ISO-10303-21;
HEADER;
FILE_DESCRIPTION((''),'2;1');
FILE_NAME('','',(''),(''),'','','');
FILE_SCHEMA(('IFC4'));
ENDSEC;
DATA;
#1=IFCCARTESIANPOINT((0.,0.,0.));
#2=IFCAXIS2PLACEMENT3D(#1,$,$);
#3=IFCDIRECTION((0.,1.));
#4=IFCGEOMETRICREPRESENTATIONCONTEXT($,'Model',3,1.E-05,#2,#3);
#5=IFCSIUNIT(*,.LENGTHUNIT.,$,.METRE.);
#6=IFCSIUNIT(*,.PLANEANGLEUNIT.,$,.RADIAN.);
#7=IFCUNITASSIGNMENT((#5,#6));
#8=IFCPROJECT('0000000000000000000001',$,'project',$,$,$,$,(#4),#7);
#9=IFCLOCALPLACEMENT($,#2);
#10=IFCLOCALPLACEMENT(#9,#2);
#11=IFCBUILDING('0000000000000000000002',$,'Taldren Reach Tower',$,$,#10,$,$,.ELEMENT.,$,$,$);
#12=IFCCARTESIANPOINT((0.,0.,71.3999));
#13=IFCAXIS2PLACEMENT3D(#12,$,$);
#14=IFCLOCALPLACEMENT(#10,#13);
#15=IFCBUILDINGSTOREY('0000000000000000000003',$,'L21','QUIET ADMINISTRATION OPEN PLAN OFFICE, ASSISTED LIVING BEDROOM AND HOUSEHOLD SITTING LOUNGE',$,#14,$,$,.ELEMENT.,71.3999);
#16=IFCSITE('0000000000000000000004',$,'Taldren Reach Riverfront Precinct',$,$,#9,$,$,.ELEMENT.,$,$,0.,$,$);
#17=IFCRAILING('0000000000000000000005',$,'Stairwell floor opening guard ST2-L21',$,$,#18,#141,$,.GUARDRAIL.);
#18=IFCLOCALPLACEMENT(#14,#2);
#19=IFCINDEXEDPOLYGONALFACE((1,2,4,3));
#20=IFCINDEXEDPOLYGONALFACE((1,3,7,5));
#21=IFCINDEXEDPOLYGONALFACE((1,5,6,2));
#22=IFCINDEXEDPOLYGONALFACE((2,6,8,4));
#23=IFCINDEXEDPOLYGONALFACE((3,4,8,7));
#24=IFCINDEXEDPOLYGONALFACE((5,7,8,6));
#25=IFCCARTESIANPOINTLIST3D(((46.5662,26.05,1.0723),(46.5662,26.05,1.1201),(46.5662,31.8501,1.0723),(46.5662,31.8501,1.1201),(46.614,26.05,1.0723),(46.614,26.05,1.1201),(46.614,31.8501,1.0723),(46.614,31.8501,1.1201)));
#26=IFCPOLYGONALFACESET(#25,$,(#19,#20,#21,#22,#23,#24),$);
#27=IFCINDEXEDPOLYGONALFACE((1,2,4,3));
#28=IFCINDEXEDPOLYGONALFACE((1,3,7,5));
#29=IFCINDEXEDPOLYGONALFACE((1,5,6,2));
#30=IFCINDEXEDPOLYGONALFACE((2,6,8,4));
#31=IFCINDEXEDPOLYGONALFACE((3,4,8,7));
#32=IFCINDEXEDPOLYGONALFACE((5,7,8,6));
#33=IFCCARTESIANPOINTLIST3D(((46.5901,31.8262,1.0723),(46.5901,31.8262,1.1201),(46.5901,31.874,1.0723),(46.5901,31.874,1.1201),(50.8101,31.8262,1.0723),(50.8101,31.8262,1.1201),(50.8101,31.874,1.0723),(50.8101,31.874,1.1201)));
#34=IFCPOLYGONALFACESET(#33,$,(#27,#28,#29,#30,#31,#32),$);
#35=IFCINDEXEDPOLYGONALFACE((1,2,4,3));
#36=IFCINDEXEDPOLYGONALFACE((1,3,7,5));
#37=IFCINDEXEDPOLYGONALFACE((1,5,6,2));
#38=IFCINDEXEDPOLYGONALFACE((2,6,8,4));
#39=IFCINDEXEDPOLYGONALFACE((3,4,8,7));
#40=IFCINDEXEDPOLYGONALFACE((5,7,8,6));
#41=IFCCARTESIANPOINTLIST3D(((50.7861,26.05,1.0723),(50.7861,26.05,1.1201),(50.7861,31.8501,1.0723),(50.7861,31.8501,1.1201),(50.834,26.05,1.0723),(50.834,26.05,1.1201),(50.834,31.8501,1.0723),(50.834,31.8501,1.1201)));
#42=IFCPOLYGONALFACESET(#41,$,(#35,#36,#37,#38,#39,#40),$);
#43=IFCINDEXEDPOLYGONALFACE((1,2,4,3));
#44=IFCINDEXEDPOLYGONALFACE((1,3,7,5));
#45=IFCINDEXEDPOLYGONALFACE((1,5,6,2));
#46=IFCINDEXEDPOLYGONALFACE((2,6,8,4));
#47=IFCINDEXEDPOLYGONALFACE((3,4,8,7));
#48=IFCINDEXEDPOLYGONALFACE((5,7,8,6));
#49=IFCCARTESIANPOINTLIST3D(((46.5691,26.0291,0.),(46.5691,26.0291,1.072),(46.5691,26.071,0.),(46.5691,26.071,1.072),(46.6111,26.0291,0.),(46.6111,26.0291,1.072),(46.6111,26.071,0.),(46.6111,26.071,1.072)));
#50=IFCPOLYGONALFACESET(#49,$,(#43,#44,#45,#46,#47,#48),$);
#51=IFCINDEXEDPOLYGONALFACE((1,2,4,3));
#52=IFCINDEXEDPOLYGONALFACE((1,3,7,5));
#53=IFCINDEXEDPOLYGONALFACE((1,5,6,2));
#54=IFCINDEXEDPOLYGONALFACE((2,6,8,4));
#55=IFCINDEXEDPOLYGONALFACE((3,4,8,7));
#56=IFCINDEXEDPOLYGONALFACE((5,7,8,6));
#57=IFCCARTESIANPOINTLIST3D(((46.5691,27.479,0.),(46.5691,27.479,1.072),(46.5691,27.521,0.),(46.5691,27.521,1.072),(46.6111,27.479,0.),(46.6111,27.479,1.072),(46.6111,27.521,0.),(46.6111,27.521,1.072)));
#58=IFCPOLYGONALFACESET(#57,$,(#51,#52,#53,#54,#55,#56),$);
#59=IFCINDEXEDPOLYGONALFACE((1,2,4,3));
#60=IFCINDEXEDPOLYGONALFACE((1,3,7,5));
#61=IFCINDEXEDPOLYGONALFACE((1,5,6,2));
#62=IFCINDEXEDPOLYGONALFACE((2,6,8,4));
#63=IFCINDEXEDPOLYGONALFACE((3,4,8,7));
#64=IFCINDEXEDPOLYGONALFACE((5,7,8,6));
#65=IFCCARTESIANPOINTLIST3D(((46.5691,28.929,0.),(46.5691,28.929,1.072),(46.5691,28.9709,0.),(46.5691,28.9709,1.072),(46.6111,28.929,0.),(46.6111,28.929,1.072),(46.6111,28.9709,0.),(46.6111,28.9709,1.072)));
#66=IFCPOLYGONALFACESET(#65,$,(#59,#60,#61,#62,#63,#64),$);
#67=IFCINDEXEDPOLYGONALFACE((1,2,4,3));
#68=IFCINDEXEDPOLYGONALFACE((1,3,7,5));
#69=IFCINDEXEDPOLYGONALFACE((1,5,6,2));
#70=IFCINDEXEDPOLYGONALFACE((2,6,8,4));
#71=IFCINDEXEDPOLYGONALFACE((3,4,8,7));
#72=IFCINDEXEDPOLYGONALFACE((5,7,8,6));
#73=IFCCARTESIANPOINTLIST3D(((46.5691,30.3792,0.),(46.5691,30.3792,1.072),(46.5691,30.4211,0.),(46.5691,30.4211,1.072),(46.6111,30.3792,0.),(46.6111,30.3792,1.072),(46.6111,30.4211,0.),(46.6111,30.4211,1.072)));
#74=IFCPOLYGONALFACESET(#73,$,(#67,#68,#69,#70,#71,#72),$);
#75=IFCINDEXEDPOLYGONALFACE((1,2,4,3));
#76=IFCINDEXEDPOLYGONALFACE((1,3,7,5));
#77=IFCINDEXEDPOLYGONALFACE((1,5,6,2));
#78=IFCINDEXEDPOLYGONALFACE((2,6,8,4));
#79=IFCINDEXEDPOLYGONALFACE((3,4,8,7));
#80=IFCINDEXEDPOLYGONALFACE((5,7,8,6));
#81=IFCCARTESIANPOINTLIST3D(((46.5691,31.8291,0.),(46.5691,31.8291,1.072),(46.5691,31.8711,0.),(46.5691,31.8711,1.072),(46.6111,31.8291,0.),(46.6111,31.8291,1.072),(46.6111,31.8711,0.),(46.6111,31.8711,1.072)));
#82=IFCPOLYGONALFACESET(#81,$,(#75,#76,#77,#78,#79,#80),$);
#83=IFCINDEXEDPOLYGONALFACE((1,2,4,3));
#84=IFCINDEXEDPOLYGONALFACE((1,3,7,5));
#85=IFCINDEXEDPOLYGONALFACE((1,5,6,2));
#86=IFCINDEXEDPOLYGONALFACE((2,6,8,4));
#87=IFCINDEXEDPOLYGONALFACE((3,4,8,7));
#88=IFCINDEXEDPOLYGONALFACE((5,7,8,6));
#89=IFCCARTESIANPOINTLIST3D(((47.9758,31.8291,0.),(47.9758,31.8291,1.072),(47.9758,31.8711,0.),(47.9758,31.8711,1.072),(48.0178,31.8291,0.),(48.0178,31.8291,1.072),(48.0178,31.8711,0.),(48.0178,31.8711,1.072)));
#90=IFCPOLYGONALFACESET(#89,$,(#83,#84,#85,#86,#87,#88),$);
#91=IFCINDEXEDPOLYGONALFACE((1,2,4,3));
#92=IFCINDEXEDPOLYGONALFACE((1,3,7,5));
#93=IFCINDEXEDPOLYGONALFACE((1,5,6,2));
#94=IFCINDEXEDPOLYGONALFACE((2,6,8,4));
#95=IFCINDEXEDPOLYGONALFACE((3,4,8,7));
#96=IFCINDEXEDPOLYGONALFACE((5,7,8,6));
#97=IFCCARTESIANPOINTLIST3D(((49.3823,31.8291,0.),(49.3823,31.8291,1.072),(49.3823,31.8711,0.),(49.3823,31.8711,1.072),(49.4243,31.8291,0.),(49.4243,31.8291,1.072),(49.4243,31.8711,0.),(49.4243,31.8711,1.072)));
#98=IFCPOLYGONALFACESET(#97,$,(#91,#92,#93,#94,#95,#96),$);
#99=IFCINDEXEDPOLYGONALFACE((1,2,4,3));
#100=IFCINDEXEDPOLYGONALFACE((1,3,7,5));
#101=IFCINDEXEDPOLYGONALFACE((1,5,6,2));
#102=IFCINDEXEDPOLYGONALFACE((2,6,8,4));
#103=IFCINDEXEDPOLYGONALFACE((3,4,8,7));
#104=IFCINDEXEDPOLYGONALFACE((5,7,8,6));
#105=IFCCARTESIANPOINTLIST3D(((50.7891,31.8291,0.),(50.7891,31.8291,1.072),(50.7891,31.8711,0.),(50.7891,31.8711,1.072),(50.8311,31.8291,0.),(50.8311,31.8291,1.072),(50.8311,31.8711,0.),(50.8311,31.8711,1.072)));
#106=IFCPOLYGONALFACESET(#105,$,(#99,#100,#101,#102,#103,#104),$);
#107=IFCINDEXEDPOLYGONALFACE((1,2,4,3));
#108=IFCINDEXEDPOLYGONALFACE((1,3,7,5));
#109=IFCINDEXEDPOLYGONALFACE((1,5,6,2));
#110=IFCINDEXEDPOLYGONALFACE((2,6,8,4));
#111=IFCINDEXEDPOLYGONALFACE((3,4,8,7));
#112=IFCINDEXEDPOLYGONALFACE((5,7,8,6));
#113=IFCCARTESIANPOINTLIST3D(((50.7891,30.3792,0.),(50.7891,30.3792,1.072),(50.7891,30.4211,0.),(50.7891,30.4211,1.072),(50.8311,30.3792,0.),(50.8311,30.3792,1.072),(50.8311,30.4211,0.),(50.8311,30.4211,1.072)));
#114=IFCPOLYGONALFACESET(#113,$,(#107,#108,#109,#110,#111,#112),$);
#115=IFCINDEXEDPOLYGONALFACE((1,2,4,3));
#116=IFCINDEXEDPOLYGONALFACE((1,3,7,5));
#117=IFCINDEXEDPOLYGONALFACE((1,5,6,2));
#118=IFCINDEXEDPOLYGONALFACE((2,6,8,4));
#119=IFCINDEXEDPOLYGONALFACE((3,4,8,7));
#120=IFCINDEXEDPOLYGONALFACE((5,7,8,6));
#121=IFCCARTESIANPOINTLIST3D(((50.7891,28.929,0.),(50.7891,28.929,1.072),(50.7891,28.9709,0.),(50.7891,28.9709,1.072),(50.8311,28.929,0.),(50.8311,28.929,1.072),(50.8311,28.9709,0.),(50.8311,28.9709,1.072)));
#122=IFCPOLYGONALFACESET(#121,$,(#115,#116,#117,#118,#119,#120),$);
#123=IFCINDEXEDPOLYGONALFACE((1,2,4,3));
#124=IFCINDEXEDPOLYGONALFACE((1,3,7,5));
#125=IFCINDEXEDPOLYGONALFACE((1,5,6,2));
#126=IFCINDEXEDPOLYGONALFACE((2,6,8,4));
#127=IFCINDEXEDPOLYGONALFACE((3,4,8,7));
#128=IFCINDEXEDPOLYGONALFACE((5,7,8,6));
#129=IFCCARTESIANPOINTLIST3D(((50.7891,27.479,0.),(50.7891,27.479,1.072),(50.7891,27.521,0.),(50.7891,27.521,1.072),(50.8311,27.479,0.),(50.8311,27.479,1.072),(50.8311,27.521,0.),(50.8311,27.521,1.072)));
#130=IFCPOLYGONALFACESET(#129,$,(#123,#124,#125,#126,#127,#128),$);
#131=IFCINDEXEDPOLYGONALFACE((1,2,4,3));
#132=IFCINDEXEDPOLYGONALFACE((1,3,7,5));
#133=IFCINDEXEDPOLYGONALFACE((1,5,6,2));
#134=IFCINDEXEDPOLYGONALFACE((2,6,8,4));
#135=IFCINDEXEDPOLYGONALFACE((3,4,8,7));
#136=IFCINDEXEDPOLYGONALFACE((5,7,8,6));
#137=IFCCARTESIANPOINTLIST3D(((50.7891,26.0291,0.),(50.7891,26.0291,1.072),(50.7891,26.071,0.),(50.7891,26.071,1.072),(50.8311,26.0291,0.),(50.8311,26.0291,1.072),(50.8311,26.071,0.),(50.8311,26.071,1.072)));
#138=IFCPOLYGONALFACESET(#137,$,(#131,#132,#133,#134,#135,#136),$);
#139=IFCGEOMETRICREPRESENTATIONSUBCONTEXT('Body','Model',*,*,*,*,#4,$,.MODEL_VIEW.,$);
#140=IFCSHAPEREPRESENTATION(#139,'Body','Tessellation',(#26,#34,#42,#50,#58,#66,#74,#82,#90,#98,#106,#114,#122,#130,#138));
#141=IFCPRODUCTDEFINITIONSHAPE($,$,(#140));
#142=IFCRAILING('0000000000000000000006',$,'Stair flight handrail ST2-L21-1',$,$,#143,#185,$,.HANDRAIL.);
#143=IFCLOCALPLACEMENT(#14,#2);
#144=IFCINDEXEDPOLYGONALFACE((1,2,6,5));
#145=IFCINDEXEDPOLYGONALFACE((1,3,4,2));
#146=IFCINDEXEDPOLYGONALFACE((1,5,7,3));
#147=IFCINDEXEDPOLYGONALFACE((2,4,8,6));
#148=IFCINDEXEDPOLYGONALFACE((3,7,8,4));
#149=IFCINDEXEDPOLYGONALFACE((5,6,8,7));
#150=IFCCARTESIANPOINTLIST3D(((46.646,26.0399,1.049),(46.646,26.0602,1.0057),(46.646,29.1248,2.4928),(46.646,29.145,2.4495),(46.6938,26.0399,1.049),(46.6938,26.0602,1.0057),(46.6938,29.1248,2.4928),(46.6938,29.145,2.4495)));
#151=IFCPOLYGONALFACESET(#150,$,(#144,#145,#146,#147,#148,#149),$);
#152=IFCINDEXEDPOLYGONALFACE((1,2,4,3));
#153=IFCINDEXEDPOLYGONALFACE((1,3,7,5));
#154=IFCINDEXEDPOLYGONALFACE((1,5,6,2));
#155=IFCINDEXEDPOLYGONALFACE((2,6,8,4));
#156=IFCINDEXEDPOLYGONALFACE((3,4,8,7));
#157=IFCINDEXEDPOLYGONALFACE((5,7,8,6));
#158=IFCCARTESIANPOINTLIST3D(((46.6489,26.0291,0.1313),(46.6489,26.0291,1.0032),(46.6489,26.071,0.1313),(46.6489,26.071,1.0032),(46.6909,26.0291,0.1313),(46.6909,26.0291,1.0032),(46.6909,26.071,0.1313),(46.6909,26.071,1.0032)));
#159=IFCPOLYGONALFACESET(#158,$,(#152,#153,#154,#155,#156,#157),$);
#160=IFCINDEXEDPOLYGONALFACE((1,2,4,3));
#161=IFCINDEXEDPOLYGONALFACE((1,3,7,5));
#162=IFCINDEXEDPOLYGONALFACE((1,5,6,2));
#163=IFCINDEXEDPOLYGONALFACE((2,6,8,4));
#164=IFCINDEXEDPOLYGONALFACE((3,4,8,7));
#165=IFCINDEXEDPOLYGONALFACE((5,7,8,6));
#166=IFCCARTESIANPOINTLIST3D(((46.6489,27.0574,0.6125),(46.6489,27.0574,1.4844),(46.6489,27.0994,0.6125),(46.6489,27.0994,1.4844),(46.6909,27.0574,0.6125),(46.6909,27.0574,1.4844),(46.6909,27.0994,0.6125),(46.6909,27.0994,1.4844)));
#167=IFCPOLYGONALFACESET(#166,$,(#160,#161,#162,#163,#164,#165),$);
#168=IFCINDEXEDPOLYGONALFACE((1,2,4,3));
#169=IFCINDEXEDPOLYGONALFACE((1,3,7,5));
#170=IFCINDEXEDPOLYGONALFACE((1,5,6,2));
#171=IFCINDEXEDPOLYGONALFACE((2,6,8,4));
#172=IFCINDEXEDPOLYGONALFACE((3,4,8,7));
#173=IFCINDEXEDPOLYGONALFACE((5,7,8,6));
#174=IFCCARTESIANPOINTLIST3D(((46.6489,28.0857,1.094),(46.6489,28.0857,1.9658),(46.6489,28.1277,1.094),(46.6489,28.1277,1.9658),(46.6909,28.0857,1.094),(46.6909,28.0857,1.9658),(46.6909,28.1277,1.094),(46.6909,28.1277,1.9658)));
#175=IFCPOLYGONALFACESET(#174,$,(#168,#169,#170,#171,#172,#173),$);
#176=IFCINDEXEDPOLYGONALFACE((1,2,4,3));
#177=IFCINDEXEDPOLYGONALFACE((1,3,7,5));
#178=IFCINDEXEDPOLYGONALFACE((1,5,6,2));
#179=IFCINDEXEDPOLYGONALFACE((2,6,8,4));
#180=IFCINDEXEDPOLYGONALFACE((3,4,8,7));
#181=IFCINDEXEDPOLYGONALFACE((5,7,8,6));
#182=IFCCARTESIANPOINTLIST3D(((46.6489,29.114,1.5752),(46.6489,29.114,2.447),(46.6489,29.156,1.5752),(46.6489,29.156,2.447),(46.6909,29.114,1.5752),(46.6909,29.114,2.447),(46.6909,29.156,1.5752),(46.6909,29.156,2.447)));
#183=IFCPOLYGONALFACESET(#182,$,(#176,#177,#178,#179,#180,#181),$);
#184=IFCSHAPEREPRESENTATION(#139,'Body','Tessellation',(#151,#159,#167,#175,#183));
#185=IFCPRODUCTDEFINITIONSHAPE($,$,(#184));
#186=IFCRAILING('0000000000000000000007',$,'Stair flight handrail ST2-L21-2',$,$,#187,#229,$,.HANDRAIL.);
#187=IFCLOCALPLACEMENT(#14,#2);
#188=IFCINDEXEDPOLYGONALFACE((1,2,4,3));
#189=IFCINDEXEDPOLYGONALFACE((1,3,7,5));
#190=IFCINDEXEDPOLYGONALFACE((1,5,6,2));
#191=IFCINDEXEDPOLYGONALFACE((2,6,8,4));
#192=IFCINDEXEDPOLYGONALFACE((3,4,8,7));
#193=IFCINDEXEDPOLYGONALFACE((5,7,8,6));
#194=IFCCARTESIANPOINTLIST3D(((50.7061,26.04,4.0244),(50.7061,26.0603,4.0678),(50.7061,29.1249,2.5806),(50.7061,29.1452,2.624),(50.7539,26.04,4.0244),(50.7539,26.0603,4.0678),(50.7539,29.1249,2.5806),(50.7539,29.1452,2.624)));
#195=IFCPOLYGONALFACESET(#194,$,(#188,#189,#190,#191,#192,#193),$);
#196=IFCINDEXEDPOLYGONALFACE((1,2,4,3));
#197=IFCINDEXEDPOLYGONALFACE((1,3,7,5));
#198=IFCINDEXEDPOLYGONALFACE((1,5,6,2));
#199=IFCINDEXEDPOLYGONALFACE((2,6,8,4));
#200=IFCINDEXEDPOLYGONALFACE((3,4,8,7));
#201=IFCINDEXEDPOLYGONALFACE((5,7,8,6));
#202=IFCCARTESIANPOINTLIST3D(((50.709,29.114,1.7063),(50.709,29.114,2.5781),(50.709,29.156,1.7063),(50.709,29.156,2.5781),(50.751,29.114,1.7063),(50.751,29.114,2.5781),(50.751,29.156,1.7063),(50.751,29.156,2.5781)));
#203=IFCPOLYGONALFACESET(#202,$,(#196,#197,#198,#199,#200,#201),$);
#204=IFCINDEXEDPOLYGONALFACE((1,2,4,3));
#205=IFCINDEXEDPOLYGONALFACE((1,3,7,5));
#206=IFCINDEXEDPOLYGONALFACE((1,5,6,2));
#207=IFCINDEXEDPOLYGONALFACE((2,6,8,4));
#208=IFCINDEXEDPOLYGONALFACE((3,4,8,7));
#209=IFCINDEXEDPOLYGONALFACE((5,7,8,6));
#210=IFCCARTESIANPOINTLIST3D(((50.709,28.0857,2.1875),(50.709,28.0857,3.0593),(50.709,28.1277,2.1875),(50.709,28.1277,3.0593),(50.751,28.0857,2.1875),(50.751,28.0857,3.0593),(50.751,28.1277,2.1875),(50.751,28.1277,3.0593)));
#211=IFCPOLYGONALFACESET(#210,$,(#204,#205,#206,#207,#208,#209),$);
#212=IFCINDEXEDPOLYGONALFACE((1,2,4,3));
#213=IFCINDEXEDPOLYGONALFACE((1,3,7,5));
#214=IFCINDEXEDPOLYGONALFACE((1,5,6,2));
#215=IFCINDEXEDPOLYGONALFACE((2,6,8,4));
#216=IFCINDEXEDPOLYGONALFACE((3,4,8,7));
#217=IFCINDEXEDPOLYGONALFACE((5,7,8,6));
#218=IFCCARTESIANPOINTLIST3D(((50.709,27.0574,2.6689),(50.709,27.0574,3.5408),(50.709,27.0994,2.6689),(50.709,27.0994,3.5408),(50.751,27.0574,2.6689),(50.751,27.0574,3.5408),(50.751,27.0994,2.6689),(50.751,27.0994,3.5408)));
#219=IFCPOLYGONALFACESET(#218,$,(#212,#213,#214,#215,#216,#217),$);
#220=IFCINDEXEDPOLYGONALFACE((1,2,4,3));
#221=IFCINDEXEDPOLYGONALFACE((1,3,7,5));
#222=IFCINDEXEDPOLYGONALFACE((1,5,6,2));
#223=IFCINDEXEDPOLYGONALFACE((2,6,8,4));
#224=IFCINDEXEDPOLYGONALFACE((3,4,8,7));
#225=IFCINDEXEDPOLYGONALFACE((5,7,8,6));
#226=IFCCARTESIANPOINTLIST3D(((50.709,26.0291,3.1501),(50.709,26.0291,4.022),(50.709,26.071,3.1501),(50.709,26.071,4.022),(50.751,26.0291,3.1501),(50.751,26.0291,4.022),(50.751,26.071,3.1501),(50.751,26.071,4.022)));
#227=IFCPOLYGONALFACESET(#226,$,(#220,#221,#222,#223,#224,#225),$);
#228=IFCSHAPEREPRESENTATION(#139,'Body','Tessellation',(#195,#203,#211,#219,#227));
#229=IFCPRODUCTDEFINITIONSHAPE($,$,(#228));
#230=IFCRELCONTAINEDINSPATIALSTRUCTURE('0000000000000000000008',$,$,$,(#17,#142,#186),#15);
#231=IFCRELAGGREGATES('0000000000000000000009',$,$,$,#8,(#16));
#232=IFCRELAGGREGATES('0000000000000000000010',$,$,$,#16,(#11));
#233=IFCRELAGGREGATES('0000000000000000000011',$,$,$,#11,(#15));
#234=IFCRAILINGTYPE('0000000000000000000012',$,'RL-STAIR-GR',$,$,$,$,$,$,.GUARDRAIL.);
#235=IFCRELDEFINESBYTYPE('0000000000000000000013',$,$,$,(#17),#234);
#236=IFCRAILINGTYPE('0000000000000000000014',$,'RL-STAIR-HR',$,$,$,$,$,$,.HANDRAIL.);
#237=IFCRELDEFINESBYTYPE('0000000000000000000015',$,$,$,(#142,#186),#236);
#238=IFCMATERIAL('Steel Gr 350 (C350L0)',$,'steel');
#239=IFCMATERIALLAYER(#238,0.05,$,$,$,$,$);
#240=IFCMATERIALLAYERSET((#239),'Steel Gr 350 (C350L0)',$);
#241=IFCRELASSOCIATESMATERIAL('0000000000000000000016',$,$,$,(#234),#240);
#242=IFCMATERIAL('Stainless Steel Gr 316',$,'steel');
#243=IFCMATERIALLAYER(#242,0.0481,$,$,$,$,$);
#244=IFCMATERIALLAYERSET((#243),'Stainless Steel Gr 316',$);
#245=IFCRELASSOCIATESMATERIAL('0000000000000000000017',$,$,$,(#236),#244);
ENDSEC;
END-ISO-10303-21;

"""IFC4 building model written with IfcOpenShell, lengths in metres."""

from ifc_helpers import new_model, si_unit, direction, frame, origin, origin_2d, place, context, subcontext, project, spatial, rectangle, extrude, material, layer, layer_set, type_object, element, save


model = new_model("IFC4")

# Units and contexts
model_context = context("Model", 3, precision=1e-05, world=origin(), true_north=direction((0.0, 1.0)))
body_context = subcontext(model_context, "Body", "Model", "MODEL_VIEW")
ifc_project = project(units=[si_unit("LENGTHUNIT", "METRE"), si_unit("PLANEANGLEUNIT", "RADIAN")], contexts=[model_context])

# Site, building, storey
site_placement = place(None, origin())
site = spatial("IfcSite", under=ifc_project, at=site_placement, Name="Taldren Reach Riverfront Precinct", CompositionType="ELEMENT", RefElevation=0.0)
building_placement = place(site_placement, origin())
building = spatial("IfcBuilding", under=site, at=building_placement, Name="Taldren Reach Tower", CompositionType="ELEMENT")
storey_placement = place(building_placement, frame((0.0, 0.0, 71.3999)))
storey = spatial("IfcBuildingStorey", under=building, at=storey_placement, Name="L21", Description="QUIET ADMINISTRATION OPEN PLAN OFFICE, ASSISTED LIVING BEDROOM AND HOUSEHOLD SITTING LOUNGE", CompositionType="ELEMENT", Elevation=71.3999)

# Shared definitions
ifc_material_1 = material(Name="Steel Gr 350 (C350L0)", Category="steel")

# Railings
ifc_layer_1 = layer(ifc_material_1, 0.05)
ifc_layer_set_1 = layer_set([ifc_layer_1], Name="Steel Gr 350 (C350L0)")
railing_type_1 = type_object("IfcRailingType", Name="RL-STAIR-GR", PredefinedType="GUARDRAIL", material=ifc_layer_set_1)
railing_1_placement = place(storey_placement, frame((46.5901, 26.05, 0.0)))
element("IfcRailing", 1, at=railing_1_placement, inside=storey, type_object=railing_type_1, Name="Stairwell floor opening guard ST2-L21", PredefinedType="GUARDRAIL", context=body_context, shape_type="SweptSolid", body=[
    extrude(rectangle(XDim=0.0479, YDim=0.0479, at=origin_2d()), frame((0.0, 0.0, 1.0962), z_axis=(0.0, 1.0, 0.0), x_axis=(-1.0, 0.0, 0.0)), (0.0, 0.0, 1.0), 5.8),
    extrude(rectangle(XDim=0.0479, YDim=0.0479, at=origin_2d()), frame((0.0, 5.8, 1.0962), z_axis=(1.0, 0.0, 0.0), x_axis=(0.0, 1.0, 0.0)), (0.0, 0.0, 1.0), 4.22),
    extrude(rectangle(XDim=0.0479, YDim=0.0479, at=origin_2d()), frame((4.22, 5.8, 1.0962), z_axis=(0.0, -1.0, 0.0), x_axis=(1.0, 0.0, 0.0)), (0.0, 0.0, 1.0), 5.8),
    extrude(rectangle(XDim=0.042, YDim=0.042, at=origin_2d()), origin(), (0.0, 0.0, 1.0), 1.072),
    extrude(rectangle(XDim=0.042, YDim=0.042, at=origin_2d()), frame((0.0, 1.45, 0.0)), (0.0, 0.0, 1.0), 1.072),
    extrude(rectangle(XDim=0.042, YDim=0.042, at=origin_2d()), frame((0.0, 2.8999, 0.0)), (0.0, 0.0, 1.0), 1.072),
    extrude(rectangle(XDim=0.042, YDim=0.042, at=origin_2d()), frame((0.0, 4.3501, 0.0)), (0.0, 0.0, 1.0), 1.072),
    extrude(rectangle(XDim=0.042, YDim=0.042, at=origin_2d()), frame((0.0, 5.8, 0.0)), (0.0, 0.0, 1.0), 1.072),
    extrude(rectangle(XDim=0.042, YDim=0.042, at=origin_2d()), frame((1.4067, 5.8, 0.0)), (0.0, 0.0, 1.0), 1.072),
    extrude(rectangle(XDim=0.042, YDim=0.042, at=origin_2d()), frame((2.8132, 5.8, 0.0)), (0.0, 0.0, 1.0), 1.072),
    extrude(rectangle(XDim=0.042, YDim=0.042, at=origin_2d()), frame((4.22, 5.8, 0.0)), (0.0, 0.0, 1.0), 1.072),
    extrude(rectangle(XDim=0.042, YDim=0.042, at=origin_2d()), frame((4.22, 4.3501, 0.0)), (0.0, 0.0, 1.0), 1.072),
    extrude(rectangle(XDim=0.042, YDim=0.042, at=origin_2d()), frame((4.22, 2.8999, 0.0)), (0.0, 0.0, 1.0), 1.072),
    extrude(rectangle(XDim=0.042, YDim=0.042, at=origin_2d()), frame((4.22, 1.45, 0.0)), (0.0, 0.0, 1.0), 1.072),
    extrude(rectangle(XDim=0.042, YDim=0.042, at=origin_2d()), frame((4.22, 0.0, 0.0)), (0.0, 0.0, 1.0), 1.072),
])
ifc_material_2 = material(Name="Stainless Steel Gr 316", Category="steel")
ifc_layer_2 = layer(ifc_material_2, 0.0481)
ifc_layer_set_2 = layer_set([ifc_layer_2], Name="Stainless Steel Gr 316")
railing_type_2 = type_object("IfcRailingType", Name="RL-STAIR-HR", PredefinedType="HANDRAIL", material=ifc_layer_set_2)
railing_2_placement = place(storey_placement, frame((46.6699, 26.05, 0.1313)))
element("IfcRailing", 2, at=railing_2_placement, inside=storey, type_object=railing_type_2, Name="Stair flight handrail ST2-L21-1", PredefinedType="HANDRAIL", context=body_context, shape_type="SweptSolid", body=[
    extrude(rectangle(XDim=0.0479, YDim=0.0479, at=origin_2d()), frame((0.0, 0.0, 0.896), z_axis=(0.0, 0.90571, 0.423898), x_axis=(-1.0, 0.0, 0.0)), (0.0, 0.0, 1.0), 3.406),
    extrude(rectangle(XDim=0.042, YDim=0.042, at=origin_2d()), origin(), (0.0, 0.0, 1.0), 0.8718),
    extrude(rectangle(XDim=0.042, YDim=0.042, at=origin_2d()), frame((0.0, 1.0283, 0.4812)), (0.0, 0.0, 1.0), 0.8718),
    extrude(rectangle(XDim=0.042, YDim=0.042, at=origin_2d()), frame((0.0, 2.0566, 0.9626)), (0.0, 0.0, 1.0), 0.8718),
    extrude(rectangle(XDim=0.042, YDim=0.042, at=origin_2d()), frame((0.0, 3.085, 1.4438)), (0.0, 0.0, 1.0), 0.8718),
])
railing_3_placement = place(storey_placement, frame((50.73, 29.135, 1.7063)))
element("IfcRailing", 3, at=railing_3_placement, inside=storey, type_object=railing_type_2, Name="Stair flight handrail ST2-L21-2", PredefinedType="HANDRAIL", context=body_context, shape_type="SweptSolid", body=[
    extrude(rectangle(XDim=0.0479, YDim=0.0479, at=origin_2d()), frame((0.0, 0.0, 0.896), z_axis=(0.0, -0.90571, 0.423898), x_axis=(1.0, 0.0, 0.0)), (0.0, 0.0, 1.0), 3.406),
    extrude(rectangle(XDim=0.042, YDim=0.042, at=origin_2d()), origin(), (0.0, 0.0, 1.0), 0.8718),
    extrude(rectangle(XDim=0.042, YDim=0.042, at=origin_2d()), frame((0.0, -1.0283, 0.4812)), (0.0, 0.0, 1.0), 0.8718),
    extrude(rectangle(XDim=0.042, YDim=0.042, at=origin_2d()), frame((0.0, -2.0566, 0.9626)), (0.0, 0.0, 1.0), 0.8718),
    extrude(rectangle(XDim=0.042, YDim=0.042, at=origin_2d()), frame((0.0, -3.085, 1.4438)), (0.0, 0.0, 1.0), 0.8718),
])

save(model, "model.ifc")
